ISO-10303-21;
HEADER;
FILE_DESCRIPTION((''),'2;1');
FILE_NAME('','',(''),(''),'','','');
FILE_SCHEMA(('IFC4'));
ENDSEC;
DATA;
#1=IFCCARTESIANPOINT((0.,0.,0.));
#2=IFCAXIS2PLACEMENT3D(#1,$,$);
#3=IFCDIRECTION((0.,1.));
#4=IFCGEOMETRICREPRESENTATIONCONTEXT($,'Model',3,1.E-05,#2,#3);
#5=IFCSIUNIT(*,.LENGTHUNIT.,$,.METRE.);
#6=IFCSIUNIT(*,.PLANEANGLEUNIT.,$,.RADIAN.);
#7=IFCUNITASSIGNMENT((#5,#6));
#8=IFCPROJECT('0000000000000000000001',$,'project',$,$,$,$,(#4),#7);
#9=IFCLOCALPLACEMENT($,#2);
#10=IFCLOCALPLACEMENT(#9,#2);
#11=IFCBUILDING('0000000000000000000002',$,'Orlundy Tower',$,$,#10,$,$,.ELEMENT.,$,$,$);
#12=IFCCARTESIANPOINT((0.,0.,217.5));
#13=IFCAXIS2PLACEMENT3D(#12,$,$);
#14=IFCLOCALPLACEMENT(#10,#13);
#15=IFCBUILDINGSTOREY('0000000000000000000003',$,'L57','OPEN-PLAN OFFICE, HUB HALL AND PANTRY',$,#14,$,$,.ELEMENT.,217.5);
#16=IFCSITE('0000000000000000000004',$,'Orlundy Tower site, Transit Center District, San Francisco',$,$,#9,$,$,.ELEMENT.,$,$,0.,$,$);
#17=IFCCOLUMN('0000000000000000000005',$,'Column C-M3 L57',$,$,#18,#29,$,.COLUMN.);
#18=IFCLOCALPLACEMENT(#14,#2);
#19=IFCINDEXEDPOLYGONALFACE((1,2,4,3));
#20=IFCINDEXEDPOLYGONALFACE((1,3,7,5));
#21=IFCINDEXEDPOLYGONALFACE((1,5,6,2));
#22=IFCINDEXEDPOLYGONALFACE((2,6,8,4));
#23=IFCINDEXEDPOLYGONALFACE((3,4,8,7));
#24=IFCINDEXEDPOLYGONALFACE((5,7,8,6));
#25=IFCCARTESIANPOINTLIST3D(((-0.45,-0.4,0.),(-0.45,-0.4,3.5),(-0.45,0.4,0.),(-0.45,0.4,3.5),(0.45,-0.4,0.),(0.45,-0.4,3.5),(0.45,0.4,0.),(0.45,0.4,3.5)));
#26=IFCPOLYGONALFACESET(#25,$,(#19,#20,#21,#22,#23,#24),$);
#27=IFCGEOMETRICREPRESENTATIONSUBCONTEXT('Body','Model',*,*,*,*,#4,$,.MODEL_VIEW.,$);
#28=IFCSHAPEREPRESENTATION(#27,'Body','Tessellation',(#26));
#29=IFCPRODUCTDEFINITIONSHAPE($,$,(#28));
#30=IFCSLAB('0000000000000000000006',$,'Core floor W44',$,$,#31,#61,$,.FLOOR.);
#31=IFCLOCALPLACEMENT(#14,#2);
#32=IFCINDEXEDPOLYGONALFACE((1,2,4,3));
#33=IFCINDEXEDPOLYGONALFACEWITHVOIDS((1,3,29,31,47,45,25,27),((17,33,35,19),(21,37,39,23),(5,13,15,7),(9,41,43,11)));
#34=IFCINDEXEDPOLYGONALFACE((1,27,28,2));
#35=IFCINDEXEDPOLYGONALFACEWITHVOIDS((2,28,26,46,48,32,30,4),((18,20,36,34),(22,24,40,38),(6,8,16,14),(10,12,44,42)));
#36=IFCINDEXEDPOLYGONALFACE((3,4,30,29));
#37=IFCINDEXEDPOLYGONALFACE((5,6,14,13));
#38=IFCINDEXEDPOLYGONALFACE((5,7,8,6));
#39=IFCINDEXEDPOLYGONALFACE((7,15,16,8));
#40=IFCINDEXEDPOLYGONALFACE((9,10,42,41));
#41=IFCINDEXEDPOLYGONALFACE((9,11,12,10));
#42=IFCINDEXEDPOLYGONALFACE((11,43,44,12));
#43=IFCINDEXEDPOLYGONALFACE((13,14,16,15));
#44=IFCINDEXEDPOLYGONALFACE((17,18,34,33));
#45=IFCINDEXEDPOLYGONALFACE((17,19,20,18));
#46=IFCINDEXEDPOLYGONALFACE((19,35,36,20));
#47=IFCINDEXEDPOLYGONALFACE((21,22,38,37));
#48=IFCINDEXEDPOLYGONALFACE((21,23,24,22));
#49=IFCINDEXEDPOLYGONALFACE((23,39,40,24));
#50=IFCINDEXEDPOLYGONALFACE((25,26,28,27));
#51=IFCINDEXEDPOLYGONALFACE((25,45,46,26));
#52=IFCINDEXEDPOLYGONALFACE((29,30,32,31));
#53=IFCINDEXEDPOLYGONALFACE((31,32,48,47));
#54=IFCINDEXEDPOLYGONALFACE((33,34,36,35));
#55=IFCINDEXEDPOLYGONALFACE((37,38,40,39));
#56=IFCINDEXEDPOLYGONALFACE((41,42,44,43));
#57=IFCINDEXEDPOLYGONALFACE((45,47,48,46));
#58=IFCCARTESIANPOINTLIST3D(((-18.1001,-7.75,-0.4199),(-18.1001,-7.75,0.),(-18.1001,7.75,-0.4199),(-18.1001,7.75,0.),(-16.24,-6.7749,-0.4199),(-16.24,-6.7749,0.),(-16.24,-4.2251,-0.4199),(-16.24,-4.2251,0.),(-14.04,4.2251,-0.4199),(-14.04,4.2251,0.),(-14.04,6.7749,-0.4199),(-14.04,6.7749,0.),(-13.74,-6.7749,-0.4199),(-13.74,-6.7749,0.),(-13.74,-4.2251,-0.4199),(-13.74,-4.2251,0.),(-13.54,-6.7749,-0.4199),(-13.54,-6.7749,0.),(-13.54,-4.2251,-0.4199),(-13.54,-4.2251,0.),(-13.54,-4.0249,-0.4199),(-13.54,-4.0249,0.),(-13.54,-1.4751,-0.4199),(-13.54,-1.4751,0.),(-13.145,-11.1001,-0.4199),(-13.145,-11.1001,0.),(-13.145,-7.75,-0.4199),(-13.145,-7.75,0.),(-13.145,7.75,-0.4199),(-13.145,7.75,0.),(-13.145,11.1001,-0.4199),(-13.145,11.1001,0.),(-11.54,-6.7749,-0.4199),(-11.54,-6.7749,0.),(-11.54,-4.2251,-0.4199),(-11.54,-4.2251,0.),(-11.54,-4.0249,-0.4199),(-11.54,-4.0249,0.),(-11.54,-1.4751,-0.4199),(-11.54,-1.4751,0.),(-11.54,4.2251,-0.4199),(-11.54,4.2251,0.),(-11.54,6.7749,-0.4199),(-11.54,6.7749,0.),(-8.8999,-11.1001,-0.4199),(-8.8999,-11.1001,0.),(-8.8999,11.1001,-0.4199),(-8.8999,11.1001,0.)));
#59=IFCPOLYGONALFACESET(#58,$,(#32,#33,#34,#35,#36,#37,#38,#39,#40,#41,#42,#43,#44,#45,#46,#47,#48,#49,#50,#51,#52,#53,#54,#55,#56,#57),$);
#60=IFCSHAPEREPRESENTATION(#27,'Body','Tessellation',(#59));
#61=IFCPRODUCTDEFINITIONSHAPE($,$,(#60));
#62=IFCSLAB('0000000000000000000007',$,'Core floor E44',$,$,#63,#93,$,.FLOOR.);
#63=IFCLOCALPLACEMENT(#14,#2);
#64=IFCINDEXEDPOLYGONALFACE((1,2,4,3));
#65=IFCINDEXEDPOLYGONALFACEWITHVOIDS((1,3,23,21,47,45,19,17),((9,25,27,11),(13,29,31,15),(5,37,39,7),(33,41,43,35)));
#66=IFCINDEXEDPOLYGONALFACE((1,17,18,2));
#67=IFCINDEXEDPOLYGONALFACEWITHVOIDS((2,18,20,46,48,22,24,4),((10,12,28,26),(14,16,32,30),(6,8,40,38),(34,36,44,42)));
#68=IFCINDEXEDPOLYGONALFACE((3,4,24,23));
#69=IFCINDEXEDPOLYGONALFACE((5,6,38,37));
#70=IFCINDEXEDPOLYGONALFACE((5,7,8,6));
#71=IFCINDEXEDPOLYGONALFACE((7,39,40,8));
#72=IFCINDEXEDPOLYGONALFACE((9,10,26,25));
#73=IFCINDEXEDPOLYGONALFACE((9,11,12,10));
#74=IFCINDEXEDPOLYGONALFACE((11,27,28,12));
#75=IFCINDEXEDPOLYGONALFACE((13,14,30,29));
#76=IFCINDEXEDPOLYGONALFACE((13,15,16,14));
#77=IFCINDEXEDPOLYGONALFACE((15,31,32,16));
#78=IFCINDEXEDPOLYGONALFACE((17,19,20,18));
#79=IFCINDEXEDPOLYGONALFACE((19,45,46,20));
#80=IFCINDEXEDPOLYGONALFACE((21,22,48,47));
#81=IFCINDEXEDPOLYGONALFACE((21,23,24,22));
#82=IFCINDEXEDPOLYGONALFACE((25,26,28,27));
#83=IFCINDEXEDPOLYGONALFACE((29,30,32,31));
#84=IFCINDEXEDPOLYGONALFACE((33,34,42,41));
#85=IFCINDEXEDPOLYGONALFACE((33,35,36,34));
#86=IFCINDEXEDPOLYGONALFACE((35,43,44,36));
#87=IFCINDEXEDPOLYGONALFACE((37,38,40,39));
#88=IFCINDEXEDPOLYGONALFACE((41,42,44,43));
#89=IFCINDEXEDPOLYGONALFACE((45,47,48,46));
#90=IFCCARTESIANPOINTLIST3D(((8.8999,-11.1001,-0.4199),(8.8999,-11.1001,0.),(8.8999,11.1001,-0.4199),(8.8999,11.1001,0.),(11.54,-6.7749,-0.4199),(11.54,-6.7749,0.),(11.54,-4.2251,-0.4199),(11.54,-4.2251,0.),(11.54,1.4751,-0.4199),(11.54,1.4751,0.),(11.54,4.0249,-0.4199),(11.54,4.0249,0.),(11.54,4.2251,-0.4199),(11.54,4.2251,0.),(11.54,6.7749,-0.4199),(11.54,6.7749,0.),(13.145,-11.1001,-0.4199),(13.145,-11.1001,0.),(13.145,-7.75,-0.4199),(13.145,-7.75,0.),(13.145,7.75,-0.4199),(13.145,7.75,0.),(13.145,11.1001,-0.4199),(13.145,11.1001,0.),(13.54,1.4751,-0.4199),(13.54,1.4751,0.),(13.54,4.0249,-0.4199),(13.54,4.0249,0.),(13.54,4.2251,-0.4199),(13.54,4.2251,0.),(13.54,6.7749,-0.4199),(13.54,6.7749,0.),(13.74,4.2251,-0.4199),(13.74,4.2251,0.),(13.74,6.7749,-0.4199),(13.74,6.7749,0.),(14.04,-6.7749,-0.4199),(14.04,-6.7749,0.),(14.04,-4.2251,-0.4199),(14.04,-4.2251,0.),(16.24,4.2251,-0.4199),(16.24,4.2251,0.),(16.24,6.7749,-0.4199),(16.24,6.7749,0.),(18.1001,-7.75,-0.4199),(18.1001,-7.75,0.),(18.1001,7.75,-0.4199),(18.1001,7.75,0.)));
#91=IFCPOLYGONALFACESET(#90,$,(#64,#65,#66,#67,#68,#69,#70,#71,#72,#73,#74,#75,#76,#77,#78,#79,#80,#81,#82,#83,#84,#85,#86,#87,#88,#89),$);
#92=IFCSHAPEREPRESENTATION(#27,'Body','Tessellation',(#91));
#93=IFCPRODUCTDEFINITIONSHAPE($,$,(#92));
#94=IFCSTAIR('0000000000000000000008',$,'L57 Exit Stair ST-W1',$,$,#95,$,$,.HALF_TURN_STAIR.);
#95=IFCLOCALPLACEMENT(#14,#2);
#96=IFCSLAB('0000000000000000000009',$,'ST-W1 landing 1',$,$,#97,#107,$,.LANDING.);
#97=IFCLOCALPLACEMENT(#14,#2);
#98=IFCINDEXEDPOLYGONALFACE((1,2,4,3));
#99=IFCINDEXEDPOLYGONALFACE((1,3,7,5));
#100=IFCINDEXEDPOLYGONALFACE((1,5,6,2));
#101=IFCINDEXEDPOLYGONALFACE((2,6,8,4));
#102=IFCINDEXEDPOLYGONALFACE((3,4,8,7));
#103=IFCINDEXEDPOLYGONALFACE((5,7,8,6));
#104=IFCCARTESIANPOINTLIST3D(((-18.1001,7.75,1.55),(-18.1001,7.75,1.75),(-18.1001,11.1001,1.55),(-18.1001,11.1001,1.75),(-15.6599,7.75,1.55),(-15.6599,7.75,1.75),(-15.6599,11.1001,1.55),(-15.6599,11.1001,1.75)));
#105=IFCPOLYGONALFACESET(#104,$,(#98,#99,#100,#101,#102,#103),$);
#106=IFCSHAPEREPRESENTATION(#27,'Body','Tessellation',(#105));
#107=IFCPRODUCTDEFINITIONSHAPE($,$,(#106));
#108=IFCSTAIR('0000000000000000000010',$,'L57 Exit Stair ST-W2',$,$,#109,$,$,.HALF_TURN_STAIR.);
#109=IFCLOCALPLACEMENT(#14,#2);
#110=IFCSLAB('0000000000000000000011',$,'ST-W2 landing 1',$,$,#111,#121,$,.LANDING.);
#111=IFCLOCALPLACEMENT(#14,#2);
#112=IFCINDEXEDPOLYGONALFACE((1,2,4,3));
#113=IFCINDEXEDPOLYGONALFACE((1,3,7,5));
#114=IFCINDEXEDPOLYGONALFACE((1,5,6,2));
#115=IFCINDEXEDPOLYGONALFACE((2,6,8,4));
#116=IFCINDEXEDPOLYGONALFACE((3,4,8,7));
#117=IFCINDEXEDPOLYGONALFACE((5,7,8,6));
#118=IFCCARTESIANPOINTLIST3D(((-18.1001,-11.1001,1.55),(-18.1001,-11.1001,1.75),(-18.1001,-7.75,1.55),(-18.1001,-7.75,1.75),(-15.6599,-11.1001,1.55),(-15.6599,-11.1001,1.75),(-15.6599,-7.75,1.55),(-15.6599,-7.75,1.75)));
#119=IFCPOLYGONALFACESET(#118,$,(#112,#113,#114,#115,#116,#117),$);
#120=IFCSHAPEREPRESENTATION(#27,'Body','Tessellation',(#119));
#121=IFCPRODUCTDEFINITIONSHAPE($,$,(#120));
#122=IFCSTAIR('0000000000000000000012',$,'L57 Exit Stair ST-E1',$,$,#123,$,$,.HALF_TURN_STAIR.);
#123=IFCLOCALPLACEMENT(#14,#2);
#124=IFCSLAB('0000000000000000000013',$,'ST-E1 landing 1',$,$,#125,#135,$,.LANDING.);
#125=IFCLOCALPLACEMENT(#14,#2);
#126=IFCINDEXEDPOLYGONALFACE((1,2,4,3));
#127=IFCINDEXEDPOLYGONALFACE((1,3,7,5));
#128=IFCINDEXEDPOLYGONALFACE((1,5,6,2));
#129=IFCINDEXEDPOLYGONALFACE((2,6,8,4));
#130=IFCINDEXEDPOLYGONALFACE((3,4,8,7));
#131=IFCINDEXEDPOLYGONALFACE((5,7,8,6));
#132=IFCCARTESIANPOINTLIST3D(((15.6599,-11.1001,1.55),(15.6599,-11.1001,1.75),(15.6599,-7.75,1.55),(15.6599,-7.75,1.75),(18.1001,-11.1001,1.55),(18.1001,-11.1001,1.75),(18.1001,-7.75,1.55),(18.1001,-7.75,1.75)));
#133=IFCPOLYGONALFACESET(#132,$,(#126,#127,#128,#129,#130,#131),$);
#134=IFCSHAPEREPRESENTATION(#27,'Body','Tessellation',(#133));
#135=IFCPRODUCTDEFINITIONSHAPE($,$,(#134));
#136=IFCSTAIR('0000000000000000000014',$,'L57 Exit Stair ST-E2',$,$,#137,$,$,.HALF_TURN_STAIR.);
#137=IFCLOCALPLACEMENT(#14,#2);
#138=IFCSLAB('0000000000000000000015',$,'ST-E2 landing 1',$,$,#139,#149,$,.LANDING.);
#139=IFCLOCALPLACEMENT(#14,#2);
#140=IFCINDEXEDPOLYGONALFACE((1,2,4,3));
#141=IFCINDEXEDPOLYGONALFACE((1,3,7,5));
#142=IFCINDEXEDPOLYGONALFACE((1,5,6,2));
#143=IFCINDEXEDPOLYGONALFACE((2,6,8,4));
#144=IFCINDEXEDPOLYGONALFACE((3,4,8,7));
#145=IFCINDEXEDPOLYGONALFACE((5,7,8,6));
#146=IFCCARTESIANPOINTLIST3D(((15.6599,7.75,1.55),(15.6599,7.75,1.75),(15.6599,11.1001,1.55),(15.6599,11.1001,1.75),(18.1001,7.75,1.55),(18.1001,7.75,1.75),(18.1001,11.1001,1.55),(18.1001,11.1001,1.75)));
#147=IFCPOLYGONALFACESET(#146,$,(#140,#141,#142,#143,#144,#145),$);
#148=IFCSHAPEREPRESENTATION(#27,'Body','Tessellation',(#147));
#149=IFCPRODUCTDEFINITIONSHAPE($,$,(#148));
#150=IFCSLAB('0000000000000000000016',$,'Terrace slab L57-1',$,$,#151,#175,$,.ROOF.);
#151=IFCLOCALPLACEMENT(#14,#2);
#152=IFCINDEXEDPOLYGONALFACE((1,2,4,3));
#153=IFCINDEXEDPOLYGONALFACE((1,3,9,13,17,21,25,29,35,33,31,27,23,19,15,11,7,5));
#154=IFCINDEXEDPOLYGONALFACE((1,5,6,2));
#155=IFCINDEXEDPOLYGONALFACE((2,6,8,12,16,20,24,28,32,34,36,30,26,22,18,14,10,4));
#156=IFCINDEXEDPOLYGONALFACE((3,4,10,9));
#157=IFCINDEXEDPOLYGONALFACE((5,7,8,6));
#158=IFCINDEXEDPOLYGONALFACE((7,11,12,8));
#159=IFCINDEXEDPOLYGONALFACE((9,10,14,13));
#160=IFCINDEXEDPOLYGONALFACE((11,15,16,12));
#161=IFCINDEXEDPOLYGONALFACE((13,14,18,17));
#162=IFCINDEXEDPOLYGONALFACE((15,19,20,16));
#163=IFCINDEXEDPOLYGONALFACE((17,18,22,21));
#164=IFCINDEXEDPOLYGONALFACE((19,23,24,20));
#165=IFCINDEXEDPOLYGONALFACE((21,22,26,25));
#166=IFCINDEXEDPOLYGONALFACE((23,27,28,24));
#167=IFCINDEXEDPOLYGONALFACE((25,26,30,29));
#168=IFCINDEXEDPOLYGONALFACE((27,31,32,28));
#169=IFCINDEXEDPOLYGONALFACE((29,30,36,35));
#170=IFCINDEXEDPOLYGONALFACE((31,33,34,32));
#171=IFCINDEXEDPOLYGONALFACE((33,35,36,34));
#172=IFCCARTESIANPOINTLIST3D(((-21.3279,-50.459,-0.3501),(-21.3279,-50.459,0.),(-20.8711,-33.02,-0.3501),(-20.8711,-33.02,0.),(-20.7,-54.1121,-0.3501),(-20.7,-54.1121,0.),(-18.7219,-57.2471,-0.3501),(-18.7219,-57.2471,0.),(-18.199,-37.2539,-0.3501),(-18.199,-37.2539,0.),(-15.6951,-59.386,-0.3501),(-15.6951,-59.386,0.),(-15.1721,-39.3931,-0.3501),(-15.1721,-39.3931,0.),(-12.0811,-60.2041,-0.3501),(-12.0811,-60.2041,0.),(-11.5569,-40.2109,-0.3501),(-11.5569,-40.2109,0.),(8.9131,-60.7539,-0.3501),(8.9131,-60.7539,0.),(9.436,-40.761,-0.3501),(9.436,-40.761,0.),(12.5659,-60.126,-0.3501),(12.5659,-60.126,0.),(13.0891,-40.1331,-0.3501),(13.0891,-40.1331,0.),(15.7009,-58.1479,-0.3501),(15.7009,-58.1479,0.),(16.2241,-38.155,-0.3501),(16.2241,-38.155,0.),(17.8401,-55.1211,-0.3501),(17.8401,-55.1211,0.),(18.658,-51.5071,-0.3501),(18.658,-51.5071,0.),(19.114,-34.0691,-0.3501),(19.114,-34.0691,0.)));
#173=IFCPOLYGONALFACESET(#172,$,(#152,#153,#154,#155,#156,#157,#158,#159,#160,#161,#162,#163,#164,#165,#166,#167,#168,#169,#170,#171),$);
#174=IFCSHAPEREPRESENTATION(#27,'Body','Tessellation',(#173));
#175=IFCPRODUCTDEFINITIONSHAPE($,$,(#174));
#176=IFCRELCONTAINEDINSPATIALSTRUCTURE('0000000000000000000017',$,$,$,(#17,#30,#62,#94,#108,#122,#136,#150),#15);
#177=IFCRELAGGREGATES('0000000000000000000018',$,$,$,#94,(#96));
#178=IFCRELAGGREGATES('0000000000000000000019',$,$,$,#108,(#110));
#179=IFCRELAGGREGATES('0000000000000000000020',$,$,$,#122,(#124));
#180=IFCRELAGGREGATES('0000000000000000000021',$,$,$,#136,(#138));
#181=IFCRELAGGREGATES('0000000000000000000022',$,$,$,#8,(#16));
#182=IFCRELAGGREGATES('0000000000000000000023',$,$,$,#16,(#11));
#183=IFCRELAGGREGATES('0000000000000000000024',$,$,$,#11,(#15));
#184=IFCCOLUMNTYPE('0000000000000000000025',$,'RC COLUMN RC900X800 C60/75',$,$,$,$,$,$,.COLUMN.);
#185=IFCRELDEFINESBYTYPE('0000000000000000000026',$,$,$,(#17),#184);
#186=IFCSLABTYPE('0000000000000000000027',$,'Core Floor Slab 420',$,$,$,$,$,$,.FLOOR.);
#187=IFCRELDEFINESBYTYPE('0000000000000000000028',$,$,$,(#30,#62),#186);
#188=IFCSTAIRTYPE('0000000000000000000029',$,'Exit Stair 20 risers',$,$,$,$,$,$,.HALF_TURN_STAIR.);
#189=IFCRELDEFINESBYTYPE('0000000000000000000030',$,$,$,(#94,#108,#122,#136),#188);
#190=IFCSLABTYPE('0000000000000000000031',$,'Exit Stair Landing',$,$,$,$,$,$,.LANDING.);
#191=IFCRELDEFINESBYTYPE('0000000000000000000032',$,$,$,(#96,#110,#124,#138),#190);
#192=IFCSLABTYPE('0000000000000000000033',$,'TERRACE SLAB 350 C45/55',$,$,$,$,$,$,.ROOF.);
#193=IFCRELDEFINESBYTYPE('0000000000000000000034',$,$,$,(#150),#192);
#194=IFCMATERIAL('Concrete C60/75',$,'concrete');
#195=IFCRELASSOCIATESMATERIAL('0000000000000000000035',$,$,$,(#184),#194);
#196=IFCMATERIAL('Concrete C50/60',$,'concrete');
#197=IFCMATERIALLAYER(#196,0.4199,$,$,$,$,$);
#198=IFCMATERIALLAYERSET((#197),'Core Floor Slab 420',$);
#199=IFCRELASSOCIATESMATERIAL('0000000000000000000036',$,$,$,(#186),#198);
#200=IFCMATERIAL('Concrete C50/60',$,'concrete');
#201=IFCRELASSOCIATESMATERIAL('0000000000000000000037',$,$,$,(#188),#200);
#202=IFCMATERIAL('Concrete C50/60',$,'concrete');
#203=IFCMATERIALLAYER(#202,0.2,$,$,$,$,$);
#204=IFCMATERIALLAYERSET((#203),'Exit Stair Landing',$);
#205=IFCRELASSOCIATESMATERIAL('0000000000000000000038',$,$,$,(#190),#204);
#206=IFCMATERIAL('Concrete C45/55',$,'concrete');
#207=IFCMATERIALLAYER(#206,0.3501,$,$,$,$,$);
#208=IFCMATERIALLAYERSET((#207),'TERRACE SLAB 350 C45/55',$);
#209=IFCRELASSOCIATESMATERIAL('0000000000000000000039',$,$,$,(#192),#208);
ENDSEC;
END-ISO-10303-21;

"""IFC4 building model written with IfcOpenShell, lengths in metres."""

from ifc_helpers import new_model, si_unit, direction, frame, origin, origin_with_axes, origin_2d, place, context, subcontext, project, spatial, polyline, rectangle, outline, extrude, material, layer, layer_set, material_profile, profile_set, type_object, element, aggregate, save


model = new_model("IFC4")

# Units and contexts
model_context = context("Model", 3, precision=1e-05, world=origin(), true_north=direction((0.0, 1.0)))
body_context = subcontext(model_context, "Body", "Model", "MODEL_VIEW")
ifc_project = project(units=[si_unit("LENGTHUNIT", "METRE"), si_unit("PLANEANGLEUNIT", "RADIAN")], contexts=[model_context])

# Site, building, storey
site_placement = place(None, origin())
site = spatial("IfcSite", under=ifc_project, at=site_placement, Name="Orlundy Tower site, Transit Center District, San Francisco", CompositionType="ELEMENT", RefElevation=0.0)
building_placement = place(site_placement, origin())
building = spatial("IfcBuilding", under=site, at=building_placement, Name="Orlundy Tower", CompositionType="ELEMENT")
storey_placement = place(building_placement, frame((0.0, 0.0, 217.5)))
storey = spatial("IfcBuildingStorey", under=building, at=storey_placement, Name="L57", Description="OPEN-PLAN OFFICE, HUB HALL AND PANTRY", CompositionType="ELEMENT", Elevation=217.5)

# Column
ifc_material_1 = material(Name="Concrete C60/75", Category="concrete")
ifc_material_profile = material_profile(ifc_material_1, rectangle(XDim=0.8999, YDim=0.8, at=origin_2d()), Name="RC900X800")
ifc_profile_set = profile_set([ifc_material_profile], Name="Concrete C60/75")
column_type = type_object("IfcColumnType", Name="RC COLUMN RC900X800 C60/75", PredefinedType="COLUMN", material=ifc_profile_set)
column_placement = place(storey_placement, origin_with_axes())
element("IfcColumn", 1, at=column_placement, inside=storey, type_object=column_type, Name="Column C-M3 L57", PredefinedType="COLUMN", context=body_context, shape_type="SweptSolid", body=[
    extrude(rectangle(XDim=0.8999, YDim=0.8, at=origin_2d()), origin(), (0.0, 0.0, 1.0), 3.5),
])

# Slabs
ifc_material_2 = material(Name="Concrete C50/60", Category="concrete")
ifc_layer_1 = layer(ifc_material_2, 0.4199)
ifc_layer_set_1 = layer_set([ifc_layer_1], Name="Core Floor Slab 420")
slab_type_1 = type_object("IfcSlabType", Name="Core Floor Slab 420", PredefinedType="FLOOR", material=ifc_layer_set_1)
slab_1_placement = place(storey_placement, frame((0.0, 0.0, -0.4199)))
element("IfcSlab", 2, at=slab_1_placement, inside=storey, type_object=slab_type_1, Name="Core floor W44", PredefinedType="FLOOR", context=body_context, shape_type="SweptSolid", body=[
    extrude(outline(polyline([(-18.1001, 7.75), (-13.145, 7.75), (-13.145, 11.1001), (-8.8999, 11.1001), (-8.8999, -11.1001), (-13.145, -11.1001), (-13.145, -7.75), (-18.1001, -7.75), (-18.1001, 7.75)]), holes=[polyline([(-13.54, -4.2251), (-13.54, -6.7749), (-11.54, -6.7749), (-11.54, -4.2251), (-13.54, -4.2251)]), polyline([(-13.74, -4.2251), (-16.24, -4.2251), (-16.24, -6.7749), (-13.74, -6.7749), (-13.74, -4.2251)]), polyline([(-11.54, -4.0249), (-11.54, -1.4751), (-13.54, -1.4751), (-13.54, -4.0249), (-11.54, -4.0249)]), polyline([(-14.04, 4.2251), (-11.54, 4.2251), (-11.54, 6.7749), (-14.04, 6.7749), (-14.04, 4.2251)])]), origin(), (0.0, 0.0, 1.0), 0.4199),
])
slab_2_placement = place(storey_placement, frame((0.0, 0.0, -0.4199)))
element("IfcSlab", 3, at=slab_2_placement, inside=storey, type_object=slab_type_1, Name="Core floor E44", PredefinedType="FLOOR", context=body_context, shape_type="SweptSolid", body=[
    extrude(outline(polyline([(18.1001, -7.75), (13.145, -7.75), (13.145, -11.1001), (8.8999, -11.1001), (8.8999, 11.1001), (13.145, 11.1001), (13.145, 7.75), (18.1001, 7.75), (18.1001, -7.75)]), holes=[polyline([(13.54, 4.2251), (13.54, 6.7749), (11.54, 6.7749), (11.54, 4.2251), (13.54, 4.2251)]), polyline([(13.74, 4.2251), (16.24, 4.2251), (16.24, 6.7749), (13.74, 6.7749), (13.74, 4.2251)]), polyline([(11.54, 4.0249), (11.54, 1.4751), (13.54, 1.4751), (13.54, 4.0249), (11.54, 4.0249)]), polyline([(14.04, -4.2251), (11.54, -4.2251), (11.54, -6.7749), (14.04, -6.7749), (14.04, -4.2251)])]), origin(), (0.0, 0.0, 1.0), 0.4199),
])

# Stairs, slabs
ifc_material_3 = material(Name="Concrete C50/60", Category="concrete")
stair_type = type_object("IfcStairType", Name="Exit Stair 20 risers", PredefinedType="HALF_TURN_STAIR", material=ifc_material_3)
stair_1_placement = place(storey_placement, origin())
stair_1 = element("IfcStair", 4, at=stair_1_placement, inside=storey, type_object=stair_type, Name="L57 Exit Stair ST-W1", PredefinedType="HALF_TURN_STAIR")
ifc_material_4 = material(Name="Concrete C50/60", Category="concrete")
ifc_layer_2 = layer(ifc_material_4, 0.2)
ifc_layer_set_2 = layer_set([ifc_layer_2], Name="Exit Stair Landing")
slab_type_2 = type_object("IfcSlabType", Name="Exit Stair Landing", PredefinedType="LANDING", material=ifc_layer_set_2)
slab_3_placement = place(storey_placement, frame((0.0, 0.0, 1.55)))
slab_3 = element("IfcSlab", 5, at=slab_3_placement, type_object=slab_type_2, Name="ST-W1 landing 1", PredefinedType="LANDING", context=body_context, shape_type="SweptSolid", body=[
    extrude(outline(polyline([(-15.6599, 11.1001), (-18.1001, 11.1001), (-18.1001, 7.75), (-15.6599, 7.75), (-15.6599, 11.1001)])), origin(), (0.0, 0.0, 1.0), 0.2),
])
aggregate(stair_1, [slab_3])
stair_2_placement = place(storey_placement, origin())
stair_2 = element("IfcStair", 6, at=stair_2_placement, inside=storey, type_object=stair_type, Name="L57 Exit Stair ST-W2", PredefinedType="HALF_TURN_STAIR")
slab_4_placement = place(storey_placement, frame((0.0, 0.0, 1.55)))
slab_4 = element("IfcSlab", 7, at=slab_4_placement, type_object=slab_type_2, Name="ST-W2 landing 1", PredefinedType="LANDING", context=body_context, shape_type="SweptSolid", body=[
    extrude(outline(polyline([(-15.6599, -7.75), (-18.1001, -7.75), (-18.1001, -11.1001), (-15.6599, -11.1001), (-15.6599, -7.75)])), origin(), (0.0, 0.0, 1.0), 0.2),
])
aggregate(stair_2, [slab_4])
stair_3_placement = place(storey_placement, origin())
stair_3 = element("IfcStair", 8, at=stair_3_placement, inside=storey, type_object=stair_type, Name="L57 Exit Stair ST-E1", PredefinedType="HALF_TURN_STAIR")
slab_5_placement = place(storey_placement, frame((0.0, 0.0, 1.55)))
slab_5 = element("IfcSlab", 9, at=slab_5_placement, type_object=slab_type_2, Name="ST-E1 landing 1", PredefinedType="LANDING", context=body_context, shape_type="SweptSolid", body=[
    extrude(outline(polyline([(15.6599, -11.1001), (18.1001, -11.1001), (18.1001, -7.75), (15.6599, -7.75), (15.6599, -11.1001)])), origin(), (0.0, 0.0, 1.0), 0.2),
])
aggregate(stair_3, [slab_5])
stair_4_placement = place(storey_placement, origin())
stair_4 = element("IfcStair", 10, at=stair_4_placement, inside=storey, type_object=stair_type, Name="L57 Exit Stair ST-E2", PredefinedType="HALF_TURN_STAIR")
slab_6_placement = place(storey_placement, frame((0.0, 0.0, 1.55)))
slab_6 = element("IfcSlab", 11, at=slab_6_placement, type_object=slab_type_2, Name="ST-E2 landing 1", PredefinedType="LANDING", context=body_context, shape_type="SweptSolid", body=[
    extrude(outline(polyline([(15.6599, 7.75), (18.1001, 7.75), (18.1001, 11.1001), (15.6599, 11.1001), (15.6599, 7.75)])), origin(), (0.0, 0.0, 1.0), 0.2),
])
aggregate(stair_4, [slab_6])

# Slab
ifc_material_5 = material(Name="Concrete C45/55", Category="concrete")
ifc_layer_3 = layer(ifc_material_5, 0.3501)
ifc_layer_set_3 = layer_set([ifc_layer_3], Name="TERRACE SLAB 350 C45/55")
slab_type_3 = type_object("IfcSlabType", Name="TERRACE SLAB 350 C45/55", PredefinedType="ROOF", material=ifc_layer_set_3)
slab_7_placement = place(storey_placement, frame((0.0, 0.0, -0.3501)))
element("IfcSlab", 12, at=slab_7_placement, inside=storey, type_object=slab_type_3, Name="Terrace slab L57-1", PredefinedType="ROOF", context=body_context, shape_type="SweptSolid", body=[
    extrude(outline(polyline([(-20.8711, -33.02), (-18.199, -37.2539), (-15.1721, -39.3931), (-11.5569, -40.2109), (9.436, -40.761), (13.0891, -40.1331), (16.2241, -38.155), (19.114, -34.0691), (18.658, -51.5071), (17.8401, -55.1211), (15.7009, -58.1479), (12.5659, -60.126), (8.9131, -60.7539), (-12.0811, -60.2041), (-15.6951, -59.386), (-18.7219, -57.2471), (-20.7, -54.1121), (-21.3279, -50.459), (-20.8711, -33.02)])), origin(), (0.0, 0.0, 1.0), 0.3501),
])

save(model, "model.ifc")
